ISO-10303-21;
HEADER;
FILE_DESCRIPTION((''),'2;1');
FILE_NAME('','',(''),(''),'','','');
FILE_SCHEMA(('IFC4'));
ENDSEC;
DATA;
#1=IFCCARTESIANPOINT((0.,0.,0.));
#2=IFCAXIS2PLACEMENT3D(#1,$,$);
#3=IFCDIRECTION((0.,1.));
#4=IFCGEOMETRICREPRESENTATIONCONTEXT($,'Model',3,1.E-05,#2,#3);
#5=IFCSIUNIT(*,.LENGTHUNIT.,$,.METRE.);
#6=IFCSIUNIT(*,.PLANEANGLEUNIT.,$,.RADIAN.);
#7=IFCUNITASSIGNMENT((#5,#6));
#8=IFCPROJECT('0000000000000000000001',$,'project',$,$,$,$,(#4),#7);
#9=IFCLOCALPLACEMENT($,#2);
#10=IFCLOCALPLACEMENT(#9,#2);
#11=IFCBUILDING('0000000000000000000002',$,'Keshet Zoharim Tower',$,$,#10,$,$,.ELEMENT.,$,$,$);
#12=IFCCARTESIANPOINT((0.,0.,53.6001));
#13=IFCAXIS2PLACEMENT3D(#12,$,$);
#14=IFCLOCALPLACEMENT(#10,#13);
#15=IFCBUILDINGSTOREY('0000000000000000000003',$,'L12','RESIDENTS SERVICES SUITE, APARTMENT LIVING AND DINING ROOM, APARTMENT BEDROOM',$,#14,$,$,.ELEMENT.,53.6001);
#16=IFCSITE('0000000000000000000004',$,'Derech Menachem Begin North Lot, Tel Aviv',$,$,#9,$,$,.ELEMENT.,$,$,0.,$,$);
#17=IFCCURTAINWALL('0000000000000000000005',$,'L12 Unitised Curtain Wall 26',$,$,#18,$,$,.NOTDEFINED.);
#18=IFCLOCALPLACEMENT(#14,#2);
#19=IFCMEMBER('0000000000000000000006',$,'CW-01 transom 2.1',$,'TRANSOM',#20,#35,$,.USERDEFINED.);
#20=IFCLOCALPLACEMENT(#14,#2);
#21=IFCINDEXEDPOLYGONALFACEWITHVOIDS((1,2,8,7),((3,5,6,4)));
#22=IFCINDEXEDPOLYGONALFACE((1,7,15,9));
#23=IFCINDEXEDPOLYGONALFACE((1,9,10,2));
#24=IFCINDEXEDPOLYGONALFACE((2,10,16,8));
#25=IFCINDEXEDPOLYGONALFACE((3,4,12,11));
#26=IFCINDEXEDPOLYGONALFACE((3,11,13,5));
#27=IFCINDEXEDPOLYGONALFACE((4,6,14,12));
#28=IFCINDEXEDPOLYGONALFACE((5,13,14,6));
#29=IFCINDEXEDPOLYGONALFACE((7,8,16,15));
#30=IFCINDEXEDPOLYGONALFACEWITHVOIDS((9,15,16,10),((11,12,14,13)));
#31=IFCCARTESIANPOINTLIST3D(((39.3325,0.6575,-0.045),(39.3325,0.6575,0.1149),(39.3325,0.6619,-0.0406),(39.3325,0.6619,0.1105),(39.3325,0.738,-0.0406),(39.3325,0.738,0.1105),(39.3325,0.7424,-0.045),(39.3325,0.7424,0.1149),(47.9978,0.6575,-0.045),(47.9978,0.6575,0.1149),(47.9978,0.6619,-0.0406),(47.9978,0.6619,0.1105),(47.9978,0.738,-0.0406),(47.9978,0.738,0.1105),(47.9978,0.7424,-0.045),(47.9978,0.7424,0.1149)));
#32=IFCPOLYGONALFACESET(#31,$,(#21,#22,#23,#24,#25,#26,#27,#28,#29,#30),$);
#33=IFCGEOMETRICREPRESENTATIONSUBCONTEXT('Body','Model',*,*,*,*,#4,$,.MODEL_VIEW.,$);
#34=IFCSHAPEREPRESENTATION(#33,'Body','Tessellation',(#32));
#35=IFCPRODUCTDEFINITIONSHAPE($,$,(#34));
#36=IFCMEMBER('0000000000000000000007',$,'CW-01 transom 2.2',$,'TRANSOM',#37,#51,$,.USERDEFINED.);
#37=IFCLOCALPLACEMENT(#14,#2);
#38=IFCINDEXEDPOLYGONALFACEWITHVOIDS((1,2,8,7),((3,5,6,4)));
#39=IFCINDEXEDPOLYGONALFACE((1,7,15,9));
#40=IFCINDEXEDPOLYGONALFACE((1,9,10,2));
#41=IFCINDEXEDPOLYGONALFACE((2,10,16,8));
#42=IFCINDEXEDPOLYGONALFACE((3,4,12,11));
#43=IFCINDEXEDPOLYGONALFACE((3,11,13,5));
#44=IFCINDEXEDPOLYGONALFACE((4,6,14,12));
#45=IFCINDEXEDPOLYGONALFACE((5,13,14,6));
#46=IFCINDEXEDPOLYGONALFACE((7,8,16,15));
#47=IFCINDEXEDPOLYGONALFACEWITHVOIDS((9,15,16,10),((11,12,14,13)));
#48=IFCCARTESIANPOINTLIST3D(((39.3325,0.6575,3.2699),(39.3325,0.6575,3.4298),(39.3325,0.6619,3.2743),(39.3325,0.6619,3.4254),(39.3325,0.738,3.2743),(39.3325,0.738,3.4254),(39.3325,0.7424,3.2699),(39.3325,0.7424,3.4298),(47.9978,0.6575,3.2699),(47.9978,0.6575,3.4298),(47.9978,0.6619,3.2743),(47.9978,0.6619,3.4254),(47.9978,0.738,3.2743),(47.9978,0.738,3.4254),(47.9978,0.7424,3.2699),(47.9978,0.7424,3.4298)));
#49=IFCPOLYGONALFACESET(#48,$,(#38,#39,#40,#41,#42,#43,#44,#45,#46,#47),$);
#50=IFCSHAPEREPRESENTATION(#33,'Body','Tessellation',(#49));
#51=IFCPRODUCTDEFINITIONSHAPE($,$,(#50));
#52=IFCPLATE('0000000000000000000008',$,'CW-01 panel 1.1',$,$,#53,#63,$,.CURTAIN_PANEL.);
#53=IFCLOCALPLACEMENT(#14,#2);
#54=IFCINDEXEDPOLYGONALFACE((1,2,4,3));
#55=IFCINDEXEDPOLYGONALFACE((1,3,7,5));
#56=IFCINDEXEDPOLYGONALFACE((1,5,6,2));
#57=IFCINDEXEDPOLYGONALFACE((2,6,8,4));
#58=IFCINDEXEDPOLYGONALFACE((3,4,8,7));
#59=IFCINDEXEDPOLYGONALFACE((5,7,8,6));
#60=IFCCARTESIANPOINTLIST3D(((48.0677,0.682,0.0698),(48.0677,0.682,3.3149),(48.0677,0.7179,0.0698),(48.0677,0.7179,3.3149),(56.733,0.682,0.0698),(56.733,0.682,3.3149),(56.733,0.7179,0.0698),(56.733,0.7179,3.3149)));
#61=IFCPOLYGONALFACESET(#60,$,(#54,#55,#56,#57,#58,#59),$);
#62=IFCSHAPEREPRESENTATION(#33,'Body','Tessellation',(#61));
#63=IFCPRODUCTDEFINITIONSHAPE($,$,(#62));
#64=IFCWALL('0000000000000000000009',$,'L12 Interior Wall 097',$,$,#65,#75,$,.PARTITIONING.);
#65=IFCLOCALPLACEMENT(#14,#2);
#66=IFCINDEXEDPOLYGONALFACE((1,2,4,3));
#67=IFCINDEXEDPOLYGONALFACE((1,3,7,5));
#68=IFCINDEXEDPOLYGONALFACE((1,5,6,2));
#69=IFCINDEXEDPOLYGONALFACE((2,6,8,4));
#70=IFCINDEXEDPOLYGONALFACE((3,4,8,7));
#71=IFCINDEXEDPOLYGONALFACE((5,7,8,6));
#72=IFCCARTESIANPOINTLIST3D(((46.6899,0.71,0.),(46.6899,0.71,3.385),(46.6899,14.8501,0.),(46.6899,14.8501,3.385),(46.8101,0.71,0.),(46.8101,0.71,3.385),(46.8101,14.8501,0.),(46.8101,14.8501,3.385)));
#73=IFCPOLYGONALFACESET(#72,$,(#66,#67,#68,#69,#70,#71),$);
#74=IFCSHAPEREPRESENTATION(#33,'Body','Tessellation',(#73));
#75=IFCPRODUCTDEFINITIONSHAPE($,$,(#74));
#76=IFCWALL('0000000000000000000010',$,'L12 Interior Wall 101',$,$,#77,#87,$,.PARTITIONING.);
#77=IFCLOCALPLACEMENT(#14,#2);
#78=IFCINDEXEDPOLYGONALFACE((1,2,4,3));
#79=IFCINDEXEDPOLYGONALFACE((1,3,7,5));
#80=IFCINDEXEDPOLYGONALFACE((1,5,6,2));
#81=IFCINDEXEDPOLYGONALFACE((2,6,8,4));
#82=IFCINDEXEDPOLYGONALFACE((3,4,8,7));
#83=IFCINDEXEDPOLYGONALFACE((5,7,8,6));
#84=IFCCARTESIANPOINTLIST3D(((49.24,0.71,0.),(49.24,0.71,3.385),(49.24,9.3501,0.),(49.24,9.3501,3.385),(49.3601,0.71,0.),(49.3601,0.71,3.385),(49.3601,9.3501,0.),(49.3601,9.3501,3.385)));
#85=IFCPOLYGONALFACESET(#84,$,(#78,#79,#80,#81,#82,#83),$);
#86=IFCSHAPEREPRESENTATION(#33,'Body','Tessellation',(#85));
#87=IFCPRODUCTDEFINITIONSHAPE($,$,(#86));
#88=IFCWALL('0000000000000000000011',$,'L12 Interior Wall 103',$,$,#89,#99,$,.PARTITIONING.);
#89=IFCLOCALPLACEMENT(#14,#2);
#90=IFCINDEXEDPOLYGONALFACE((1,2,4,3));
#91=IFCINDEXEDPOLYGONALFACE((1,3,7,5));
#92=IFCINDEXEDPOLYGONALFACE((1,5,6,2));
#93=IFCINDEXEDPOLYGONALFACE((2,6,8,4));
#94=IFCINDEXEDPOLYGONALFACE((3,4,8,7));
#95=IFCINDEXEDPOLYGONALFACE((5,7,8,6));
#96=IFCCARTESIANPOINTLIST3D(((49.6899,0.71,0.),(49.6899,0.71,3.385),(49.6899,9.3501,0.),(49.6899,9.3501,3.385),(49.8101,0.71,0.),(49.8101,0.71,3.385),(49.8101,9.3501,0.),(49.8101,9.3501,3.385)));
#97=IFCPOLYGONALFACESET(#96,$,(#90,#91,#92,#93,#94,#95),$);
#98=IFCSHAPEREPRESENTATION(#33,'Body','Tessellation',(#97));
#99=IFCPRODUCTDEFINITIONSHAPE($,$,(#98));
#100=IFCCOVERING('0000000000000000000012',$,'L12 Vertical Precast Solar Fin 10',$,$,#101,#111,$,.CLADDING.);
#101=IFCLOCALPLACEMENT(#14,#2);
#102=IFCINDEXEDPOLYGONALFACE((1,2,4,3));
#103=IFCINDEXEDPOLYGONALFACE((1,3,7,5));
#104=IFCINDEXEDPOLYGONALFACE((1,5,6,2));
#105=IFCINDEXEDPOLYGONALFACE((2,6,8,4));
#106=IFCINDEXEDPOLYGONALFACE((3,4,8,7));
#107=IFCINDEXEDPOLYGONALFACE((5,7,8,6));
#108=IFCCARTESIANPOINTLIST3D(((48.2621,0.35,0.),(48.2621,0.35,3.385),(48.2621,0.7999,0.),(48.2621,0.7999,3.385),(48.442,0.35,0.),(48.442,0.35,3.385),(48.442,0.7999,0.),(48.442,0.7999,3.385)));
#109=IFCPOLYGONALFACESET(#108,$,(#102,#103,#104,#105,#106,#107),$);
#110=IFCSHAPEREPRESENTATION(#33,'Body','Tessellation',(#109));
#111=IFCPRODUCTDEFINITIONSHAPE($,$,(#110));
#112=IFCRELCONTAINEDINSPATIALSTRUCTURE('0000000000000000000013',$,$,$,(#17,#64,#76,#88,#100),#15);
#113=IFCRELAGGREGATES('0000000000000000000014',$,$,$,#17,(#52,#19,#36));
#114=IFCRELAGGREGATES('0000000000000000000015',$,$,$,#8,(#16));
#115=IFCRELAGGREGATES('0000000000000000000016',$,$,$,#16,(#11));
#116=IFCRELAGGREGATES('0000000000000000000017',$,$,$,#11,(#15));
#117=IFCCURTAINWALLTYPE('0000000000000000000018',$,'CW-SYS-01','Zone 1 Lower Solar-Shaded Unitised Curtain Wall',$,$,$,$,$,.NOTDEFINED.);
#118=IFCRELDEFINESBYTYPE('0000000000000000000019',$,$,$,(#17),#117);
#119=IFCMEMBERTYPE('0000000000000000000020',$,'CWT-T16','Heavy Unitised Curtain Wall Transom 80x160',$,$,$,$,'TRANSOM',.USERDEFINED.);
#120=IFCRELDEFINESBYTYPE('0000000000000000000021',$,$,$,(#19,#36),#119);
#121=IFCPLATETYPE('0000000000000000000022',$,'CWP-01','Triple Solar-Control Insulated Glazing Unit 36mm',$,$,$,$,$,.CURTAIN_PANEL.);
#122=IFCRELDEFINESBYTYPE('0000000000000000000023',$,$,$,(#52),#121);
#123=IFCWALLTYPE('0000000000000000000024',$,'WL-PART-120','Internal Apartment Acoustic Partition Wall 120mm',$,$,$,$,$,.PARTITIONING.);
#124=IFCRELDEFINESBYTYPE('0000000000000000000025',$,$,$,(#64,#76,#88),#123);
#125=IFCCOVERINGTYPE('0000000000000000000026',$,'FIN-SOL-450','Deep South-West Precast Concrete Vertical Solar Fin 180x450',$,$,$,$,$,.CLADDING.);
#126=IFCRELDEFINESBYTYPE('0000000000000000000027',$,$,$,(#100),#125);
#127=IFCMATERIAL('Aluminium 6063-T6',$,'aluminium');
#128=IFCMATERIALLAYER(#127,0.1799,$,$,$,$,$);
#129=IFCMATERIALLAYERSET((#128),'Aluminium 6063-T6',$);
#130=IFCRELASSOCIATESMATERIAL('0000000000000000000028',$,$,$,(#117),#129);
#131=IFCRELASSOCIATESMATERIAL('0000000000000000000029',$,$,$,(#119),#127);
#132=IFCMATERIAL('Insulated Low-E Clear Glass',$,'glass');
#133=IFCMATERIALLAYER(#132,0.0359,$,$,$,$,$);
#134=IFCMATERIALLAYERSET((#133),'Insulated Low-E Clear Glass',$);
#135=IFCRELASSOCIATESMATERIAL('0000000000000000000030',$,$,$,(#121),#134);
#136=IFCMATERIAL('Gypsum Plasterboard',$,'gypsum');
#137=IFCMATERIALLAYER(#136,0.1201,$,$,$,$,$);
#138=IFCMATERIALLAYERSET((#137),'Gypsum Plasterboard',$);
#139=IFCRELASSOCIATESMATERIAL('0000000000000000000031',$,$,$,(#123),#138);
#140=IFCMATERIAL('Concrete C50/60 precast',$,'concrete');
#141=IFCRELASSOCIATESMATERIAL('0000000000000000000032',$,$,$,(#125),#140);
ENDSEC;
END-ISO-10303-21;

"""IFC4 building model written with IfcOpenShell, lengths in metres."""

from ifc_helpers import new_model, si_unit, direction, frame, frame_2d, origin, origin_2d, place, context, subcontext, project, spatial, rectangle, hollow_rectangle, extrude, material, layer, layer_set, material_profile, profile_set, type_object, element, aggregate, save


model = new_model("IFC4")

# Units and contexts
model_context = context("Model", 3, precision=1e-05, world=origin(), true_north=direction((0.0, 1.0)))
body_context = subcontext(model_context, "Body", "Model", "MODEL_VIEW")
ifc_project = project(units=[si_unit("LENGTHUNIT", "METRE"), si_unit("PLANEANGLEUNIT", "RADIAN")], contexts=[model_context])

# Site, building, storey
site_placement = place(None, origin())
site = spatial("IfcSite", under=ifc_project, at=site_placement, Name="Derech Menachem Begin North Lot, Tel Aviv", CompositionType="ELEMENT", RefElevation=0.0)
building_placement = place(site_placement, origin())
building = spatial("IfcBuilding", under=site, at=building_placement, Name="Keshet Zoharim Tower", CompositionType="ELEMENT")
storey_placement = place(building_placement, frame((0.0, 0.0, 53.6001)))
storey = spatial("IfcBuildingStorey", under=building, at=storey_placement, Name="L12", Description="RESIDENTS SERVICES SUITE, APARTMENT LIVING AND DINING ROOM, APARTMENT BEDROOM", CompositionType="ELEMENT", Elevation=53.6001)

# Shared definitions
ifc_material_1 = material(Name="Aluminium 6063-T6", Category="aluminium")
ifc_layer_1 = layer(ifc_material_1, 0.1799)
ifc_layer_set_1 = layer_set([ifc_layer_1], Name="Aluminium 6063-T6")
curtain_wall_type = type_object("IfcCurtainWallType", Name="CW-SYS-01", Description="Zone 1 Lower Solar-Shaded Unitised Curtain Wall", PredefinedType="NOTDEFINED", material=ifc_layer_set_1)

# Curtain wall, members, plate
curtain_wall_1_placement = place(storey_placement, origin())
curtain_wall_1 = element("IfcCurtainWall", 1, at=curtain_wall_1_placement, inside=storey, type_object=curtain_wall_type, Name="L12 Unitised Curtain Wall 26", PredefinedType="NOTDEFINED")
ifc_material_profile_1 = material_profile(ifc_material_1, hollow_rectangle(XDim=0.085, YDim=0.1599, WallThickness=0.0044, at=origin_2d()), Name="TRN-85x160")
ifc_profile_set_1 = profile_set([ifc_material_profile_1], Name="Aluminium 6063-T6")
member_type_1 = type_object("IfcMemberType", Name="CWT-T16", Description="Heavy Unitised Curtain Wall Transom 80x160", ElementType="TRANSOM", PredefinedType="USERDEFINED", material=ifc_profile_set_1)
member_1_placement = place(storey_placement, frame((47.9978, 0.7, 0.0349), z_axis=(-1.0, 0.0, 0.0), x_axis=(0.0, -1.0, 0.0)))
member_1 = element("IfcMember", 2, at=member_1_placement, type_object=member_type_1, Name="CW-01 transom 2.1", ObjectType="TRANSOM", PredefinedType="USERDEFINED", context=body_context, shape_type="SweptSolid", body=[
    extrude(hollow_rectangle(XDim=0.085, YDim=0.1599, WallThickness=0.0044, at=origin_2d()), origin(), (0.0, 0.0, 1.0), 8.6653),
])
member_2_placement = place(storey_placement, frame((47.9978, 0.7, 3.3499), z_axis=(-1.0, 0.0, 0.0), x_axis=(0.0, -1.0, 0.0)))
member_2 = element("IfcMember", 3, at=member_2_placement, type_object=member_type_1, Name="CW-01 transom 2.2", ObjectType="TRANSOM", PredefinedType="USERDEFINED", context=body_context, shape_type="SweptSolid", body=[
    extrude(hollow_rectangle(XDim=0.085, YDim=0.1599, WallThickness=0.0044, at=origin_2d()), origin(), (0.0, 0.0, 1.0), 8.6653),
])
ifc_material_2 = material(Name="Insulated Low-E Clear Glass", Category="glass")
ifc_layer_2 = layer(ifc_material_2, 0.0359)
ifc_layer_set_2 = layer_set([ifc_layer_2], Name="Insulated Low-E Clear Glass")
plate_type = type_object("IfcPlateType", Name="CWP-01", Description="Triple Solar-Control Insulated Glazing Unit 36mm", PredefinedType="CURTAIN_PANEL", material=ifc_layer_set_2)
plate_placement = place(storey_placement, frame((52.4004, 0.7, 0.0698), z_axis=(0.0, 0.0, 1.0), x_axis=(-1.0, 0.0, 0.0)))
plate = element("IfcPlate", 4, at=plate_placement, type_object=plate_type, Name="CW-01 panel 1.1", PredefinedType="CURTAIN_PANEL", context=body_context, shape_type="SweptSolid", body=[
    extrude(rectangle(XDim=8.6653, YDim=0.0359, at=origin_2d()), origin(), (0.0, 0.0, 1.0), 3.2451),
])
aggregate(curtain_wall_1, [plate, member_1, member_2])

# Walls
ifc_material_3 = material(Name="Gypsum Plasterboard", Category="gypsum")
ifc_layer_3 = layer(ifc_material_3, 0.1201)
ifc_layer_set_3 = layer_set([ifc_layer_3], Name="Gypsum Plasterboard")
wall_type = type_object("IfcWallType", Name="WL-PART-120", Description="Internal Apartment Acoustic Partition Wall 120mm", PredefinedType="PARTITIONING", material=ifc_layer_set_3)
wall_placement = place(storey_placement, frame((46.75, 0.71, 0.0), z_axis=(0.0, 0.0, 1.0), x_axis=(0.0, 1.0, 0.0)))
element("IfcWall", 5, at=wall_placement, inside=storey, type_object=wall_type, Name="L12 Interior Wall 097", PredefinedType="PARTITIONING", context=body_context, shape_type="SweptSolid", body=[
    extrude(rectangle(XDim=14.1401, YDim=0.1201, at=frame_2d((7.0701, 0.0))), origin(), (0.0, 0.0, 1.0), 3.385),
])
for number, where, z_axis, x_axis, name in (
    (6, (49.3, 0.71, 0.0), (0.0, 0.0, 1.0), (0.0, 1.0, 0.0), "L12 Interior Wall 101"),
    (7, (49.75, 0.71, 0.0), (0.0, 0.0, 1.0), (0.0, 1.0, 0.0), "L12 Interior Wall 103"),
):
    element("IfcWall", number, at=place(storey_placement, frame(where, z_axis=z_axis, x_axis=x_axis)), inside=storey, type_object=wall_type, Name=name, PredefinedType="PARTITIONING", context=body_context, shape_type="SweptSolid", body=[
        extrude(rectangle(XDim=8.6401, YDim=0.1201, at=frame_2d((4.3201, 0.0))), origin(), (0.0, 0.0, 1.0), 3.385),
    ])

# Covering
ifc_material_4 = material(Name="Concrete C50/60 precast", Category="concrete")
covering_type = type_object("IfcCoveringType", Name="FIN-SOL-450", Description="Deep South-West Precast Concrete Vertical Solar Fin 180x450", PredefinedType="CLADDING", material=ifc_material_4)
covering_placement = place(storey_placement, frame((48.3521, 0.575, 0.0), z_axis=(0.0, 0.0, 1.0), x_axis=(-1.0, 0.0, 0.0)))
element("IfcCovering", 8, at=covering_placement, inside=storey, type_object=covering_type, Name="L12 Vertical Precast Solar Fin 10", PredefinedType="CLADDING", context=body_context, shape_type="SweptSolid", body=[
    extrude(rectangle(XDim=0.1799, YDim=0.45, at=origin_2d()), origin(), (0.0, 0.0, 1.0), 3.385),
])

save(model, "model.ifc")
